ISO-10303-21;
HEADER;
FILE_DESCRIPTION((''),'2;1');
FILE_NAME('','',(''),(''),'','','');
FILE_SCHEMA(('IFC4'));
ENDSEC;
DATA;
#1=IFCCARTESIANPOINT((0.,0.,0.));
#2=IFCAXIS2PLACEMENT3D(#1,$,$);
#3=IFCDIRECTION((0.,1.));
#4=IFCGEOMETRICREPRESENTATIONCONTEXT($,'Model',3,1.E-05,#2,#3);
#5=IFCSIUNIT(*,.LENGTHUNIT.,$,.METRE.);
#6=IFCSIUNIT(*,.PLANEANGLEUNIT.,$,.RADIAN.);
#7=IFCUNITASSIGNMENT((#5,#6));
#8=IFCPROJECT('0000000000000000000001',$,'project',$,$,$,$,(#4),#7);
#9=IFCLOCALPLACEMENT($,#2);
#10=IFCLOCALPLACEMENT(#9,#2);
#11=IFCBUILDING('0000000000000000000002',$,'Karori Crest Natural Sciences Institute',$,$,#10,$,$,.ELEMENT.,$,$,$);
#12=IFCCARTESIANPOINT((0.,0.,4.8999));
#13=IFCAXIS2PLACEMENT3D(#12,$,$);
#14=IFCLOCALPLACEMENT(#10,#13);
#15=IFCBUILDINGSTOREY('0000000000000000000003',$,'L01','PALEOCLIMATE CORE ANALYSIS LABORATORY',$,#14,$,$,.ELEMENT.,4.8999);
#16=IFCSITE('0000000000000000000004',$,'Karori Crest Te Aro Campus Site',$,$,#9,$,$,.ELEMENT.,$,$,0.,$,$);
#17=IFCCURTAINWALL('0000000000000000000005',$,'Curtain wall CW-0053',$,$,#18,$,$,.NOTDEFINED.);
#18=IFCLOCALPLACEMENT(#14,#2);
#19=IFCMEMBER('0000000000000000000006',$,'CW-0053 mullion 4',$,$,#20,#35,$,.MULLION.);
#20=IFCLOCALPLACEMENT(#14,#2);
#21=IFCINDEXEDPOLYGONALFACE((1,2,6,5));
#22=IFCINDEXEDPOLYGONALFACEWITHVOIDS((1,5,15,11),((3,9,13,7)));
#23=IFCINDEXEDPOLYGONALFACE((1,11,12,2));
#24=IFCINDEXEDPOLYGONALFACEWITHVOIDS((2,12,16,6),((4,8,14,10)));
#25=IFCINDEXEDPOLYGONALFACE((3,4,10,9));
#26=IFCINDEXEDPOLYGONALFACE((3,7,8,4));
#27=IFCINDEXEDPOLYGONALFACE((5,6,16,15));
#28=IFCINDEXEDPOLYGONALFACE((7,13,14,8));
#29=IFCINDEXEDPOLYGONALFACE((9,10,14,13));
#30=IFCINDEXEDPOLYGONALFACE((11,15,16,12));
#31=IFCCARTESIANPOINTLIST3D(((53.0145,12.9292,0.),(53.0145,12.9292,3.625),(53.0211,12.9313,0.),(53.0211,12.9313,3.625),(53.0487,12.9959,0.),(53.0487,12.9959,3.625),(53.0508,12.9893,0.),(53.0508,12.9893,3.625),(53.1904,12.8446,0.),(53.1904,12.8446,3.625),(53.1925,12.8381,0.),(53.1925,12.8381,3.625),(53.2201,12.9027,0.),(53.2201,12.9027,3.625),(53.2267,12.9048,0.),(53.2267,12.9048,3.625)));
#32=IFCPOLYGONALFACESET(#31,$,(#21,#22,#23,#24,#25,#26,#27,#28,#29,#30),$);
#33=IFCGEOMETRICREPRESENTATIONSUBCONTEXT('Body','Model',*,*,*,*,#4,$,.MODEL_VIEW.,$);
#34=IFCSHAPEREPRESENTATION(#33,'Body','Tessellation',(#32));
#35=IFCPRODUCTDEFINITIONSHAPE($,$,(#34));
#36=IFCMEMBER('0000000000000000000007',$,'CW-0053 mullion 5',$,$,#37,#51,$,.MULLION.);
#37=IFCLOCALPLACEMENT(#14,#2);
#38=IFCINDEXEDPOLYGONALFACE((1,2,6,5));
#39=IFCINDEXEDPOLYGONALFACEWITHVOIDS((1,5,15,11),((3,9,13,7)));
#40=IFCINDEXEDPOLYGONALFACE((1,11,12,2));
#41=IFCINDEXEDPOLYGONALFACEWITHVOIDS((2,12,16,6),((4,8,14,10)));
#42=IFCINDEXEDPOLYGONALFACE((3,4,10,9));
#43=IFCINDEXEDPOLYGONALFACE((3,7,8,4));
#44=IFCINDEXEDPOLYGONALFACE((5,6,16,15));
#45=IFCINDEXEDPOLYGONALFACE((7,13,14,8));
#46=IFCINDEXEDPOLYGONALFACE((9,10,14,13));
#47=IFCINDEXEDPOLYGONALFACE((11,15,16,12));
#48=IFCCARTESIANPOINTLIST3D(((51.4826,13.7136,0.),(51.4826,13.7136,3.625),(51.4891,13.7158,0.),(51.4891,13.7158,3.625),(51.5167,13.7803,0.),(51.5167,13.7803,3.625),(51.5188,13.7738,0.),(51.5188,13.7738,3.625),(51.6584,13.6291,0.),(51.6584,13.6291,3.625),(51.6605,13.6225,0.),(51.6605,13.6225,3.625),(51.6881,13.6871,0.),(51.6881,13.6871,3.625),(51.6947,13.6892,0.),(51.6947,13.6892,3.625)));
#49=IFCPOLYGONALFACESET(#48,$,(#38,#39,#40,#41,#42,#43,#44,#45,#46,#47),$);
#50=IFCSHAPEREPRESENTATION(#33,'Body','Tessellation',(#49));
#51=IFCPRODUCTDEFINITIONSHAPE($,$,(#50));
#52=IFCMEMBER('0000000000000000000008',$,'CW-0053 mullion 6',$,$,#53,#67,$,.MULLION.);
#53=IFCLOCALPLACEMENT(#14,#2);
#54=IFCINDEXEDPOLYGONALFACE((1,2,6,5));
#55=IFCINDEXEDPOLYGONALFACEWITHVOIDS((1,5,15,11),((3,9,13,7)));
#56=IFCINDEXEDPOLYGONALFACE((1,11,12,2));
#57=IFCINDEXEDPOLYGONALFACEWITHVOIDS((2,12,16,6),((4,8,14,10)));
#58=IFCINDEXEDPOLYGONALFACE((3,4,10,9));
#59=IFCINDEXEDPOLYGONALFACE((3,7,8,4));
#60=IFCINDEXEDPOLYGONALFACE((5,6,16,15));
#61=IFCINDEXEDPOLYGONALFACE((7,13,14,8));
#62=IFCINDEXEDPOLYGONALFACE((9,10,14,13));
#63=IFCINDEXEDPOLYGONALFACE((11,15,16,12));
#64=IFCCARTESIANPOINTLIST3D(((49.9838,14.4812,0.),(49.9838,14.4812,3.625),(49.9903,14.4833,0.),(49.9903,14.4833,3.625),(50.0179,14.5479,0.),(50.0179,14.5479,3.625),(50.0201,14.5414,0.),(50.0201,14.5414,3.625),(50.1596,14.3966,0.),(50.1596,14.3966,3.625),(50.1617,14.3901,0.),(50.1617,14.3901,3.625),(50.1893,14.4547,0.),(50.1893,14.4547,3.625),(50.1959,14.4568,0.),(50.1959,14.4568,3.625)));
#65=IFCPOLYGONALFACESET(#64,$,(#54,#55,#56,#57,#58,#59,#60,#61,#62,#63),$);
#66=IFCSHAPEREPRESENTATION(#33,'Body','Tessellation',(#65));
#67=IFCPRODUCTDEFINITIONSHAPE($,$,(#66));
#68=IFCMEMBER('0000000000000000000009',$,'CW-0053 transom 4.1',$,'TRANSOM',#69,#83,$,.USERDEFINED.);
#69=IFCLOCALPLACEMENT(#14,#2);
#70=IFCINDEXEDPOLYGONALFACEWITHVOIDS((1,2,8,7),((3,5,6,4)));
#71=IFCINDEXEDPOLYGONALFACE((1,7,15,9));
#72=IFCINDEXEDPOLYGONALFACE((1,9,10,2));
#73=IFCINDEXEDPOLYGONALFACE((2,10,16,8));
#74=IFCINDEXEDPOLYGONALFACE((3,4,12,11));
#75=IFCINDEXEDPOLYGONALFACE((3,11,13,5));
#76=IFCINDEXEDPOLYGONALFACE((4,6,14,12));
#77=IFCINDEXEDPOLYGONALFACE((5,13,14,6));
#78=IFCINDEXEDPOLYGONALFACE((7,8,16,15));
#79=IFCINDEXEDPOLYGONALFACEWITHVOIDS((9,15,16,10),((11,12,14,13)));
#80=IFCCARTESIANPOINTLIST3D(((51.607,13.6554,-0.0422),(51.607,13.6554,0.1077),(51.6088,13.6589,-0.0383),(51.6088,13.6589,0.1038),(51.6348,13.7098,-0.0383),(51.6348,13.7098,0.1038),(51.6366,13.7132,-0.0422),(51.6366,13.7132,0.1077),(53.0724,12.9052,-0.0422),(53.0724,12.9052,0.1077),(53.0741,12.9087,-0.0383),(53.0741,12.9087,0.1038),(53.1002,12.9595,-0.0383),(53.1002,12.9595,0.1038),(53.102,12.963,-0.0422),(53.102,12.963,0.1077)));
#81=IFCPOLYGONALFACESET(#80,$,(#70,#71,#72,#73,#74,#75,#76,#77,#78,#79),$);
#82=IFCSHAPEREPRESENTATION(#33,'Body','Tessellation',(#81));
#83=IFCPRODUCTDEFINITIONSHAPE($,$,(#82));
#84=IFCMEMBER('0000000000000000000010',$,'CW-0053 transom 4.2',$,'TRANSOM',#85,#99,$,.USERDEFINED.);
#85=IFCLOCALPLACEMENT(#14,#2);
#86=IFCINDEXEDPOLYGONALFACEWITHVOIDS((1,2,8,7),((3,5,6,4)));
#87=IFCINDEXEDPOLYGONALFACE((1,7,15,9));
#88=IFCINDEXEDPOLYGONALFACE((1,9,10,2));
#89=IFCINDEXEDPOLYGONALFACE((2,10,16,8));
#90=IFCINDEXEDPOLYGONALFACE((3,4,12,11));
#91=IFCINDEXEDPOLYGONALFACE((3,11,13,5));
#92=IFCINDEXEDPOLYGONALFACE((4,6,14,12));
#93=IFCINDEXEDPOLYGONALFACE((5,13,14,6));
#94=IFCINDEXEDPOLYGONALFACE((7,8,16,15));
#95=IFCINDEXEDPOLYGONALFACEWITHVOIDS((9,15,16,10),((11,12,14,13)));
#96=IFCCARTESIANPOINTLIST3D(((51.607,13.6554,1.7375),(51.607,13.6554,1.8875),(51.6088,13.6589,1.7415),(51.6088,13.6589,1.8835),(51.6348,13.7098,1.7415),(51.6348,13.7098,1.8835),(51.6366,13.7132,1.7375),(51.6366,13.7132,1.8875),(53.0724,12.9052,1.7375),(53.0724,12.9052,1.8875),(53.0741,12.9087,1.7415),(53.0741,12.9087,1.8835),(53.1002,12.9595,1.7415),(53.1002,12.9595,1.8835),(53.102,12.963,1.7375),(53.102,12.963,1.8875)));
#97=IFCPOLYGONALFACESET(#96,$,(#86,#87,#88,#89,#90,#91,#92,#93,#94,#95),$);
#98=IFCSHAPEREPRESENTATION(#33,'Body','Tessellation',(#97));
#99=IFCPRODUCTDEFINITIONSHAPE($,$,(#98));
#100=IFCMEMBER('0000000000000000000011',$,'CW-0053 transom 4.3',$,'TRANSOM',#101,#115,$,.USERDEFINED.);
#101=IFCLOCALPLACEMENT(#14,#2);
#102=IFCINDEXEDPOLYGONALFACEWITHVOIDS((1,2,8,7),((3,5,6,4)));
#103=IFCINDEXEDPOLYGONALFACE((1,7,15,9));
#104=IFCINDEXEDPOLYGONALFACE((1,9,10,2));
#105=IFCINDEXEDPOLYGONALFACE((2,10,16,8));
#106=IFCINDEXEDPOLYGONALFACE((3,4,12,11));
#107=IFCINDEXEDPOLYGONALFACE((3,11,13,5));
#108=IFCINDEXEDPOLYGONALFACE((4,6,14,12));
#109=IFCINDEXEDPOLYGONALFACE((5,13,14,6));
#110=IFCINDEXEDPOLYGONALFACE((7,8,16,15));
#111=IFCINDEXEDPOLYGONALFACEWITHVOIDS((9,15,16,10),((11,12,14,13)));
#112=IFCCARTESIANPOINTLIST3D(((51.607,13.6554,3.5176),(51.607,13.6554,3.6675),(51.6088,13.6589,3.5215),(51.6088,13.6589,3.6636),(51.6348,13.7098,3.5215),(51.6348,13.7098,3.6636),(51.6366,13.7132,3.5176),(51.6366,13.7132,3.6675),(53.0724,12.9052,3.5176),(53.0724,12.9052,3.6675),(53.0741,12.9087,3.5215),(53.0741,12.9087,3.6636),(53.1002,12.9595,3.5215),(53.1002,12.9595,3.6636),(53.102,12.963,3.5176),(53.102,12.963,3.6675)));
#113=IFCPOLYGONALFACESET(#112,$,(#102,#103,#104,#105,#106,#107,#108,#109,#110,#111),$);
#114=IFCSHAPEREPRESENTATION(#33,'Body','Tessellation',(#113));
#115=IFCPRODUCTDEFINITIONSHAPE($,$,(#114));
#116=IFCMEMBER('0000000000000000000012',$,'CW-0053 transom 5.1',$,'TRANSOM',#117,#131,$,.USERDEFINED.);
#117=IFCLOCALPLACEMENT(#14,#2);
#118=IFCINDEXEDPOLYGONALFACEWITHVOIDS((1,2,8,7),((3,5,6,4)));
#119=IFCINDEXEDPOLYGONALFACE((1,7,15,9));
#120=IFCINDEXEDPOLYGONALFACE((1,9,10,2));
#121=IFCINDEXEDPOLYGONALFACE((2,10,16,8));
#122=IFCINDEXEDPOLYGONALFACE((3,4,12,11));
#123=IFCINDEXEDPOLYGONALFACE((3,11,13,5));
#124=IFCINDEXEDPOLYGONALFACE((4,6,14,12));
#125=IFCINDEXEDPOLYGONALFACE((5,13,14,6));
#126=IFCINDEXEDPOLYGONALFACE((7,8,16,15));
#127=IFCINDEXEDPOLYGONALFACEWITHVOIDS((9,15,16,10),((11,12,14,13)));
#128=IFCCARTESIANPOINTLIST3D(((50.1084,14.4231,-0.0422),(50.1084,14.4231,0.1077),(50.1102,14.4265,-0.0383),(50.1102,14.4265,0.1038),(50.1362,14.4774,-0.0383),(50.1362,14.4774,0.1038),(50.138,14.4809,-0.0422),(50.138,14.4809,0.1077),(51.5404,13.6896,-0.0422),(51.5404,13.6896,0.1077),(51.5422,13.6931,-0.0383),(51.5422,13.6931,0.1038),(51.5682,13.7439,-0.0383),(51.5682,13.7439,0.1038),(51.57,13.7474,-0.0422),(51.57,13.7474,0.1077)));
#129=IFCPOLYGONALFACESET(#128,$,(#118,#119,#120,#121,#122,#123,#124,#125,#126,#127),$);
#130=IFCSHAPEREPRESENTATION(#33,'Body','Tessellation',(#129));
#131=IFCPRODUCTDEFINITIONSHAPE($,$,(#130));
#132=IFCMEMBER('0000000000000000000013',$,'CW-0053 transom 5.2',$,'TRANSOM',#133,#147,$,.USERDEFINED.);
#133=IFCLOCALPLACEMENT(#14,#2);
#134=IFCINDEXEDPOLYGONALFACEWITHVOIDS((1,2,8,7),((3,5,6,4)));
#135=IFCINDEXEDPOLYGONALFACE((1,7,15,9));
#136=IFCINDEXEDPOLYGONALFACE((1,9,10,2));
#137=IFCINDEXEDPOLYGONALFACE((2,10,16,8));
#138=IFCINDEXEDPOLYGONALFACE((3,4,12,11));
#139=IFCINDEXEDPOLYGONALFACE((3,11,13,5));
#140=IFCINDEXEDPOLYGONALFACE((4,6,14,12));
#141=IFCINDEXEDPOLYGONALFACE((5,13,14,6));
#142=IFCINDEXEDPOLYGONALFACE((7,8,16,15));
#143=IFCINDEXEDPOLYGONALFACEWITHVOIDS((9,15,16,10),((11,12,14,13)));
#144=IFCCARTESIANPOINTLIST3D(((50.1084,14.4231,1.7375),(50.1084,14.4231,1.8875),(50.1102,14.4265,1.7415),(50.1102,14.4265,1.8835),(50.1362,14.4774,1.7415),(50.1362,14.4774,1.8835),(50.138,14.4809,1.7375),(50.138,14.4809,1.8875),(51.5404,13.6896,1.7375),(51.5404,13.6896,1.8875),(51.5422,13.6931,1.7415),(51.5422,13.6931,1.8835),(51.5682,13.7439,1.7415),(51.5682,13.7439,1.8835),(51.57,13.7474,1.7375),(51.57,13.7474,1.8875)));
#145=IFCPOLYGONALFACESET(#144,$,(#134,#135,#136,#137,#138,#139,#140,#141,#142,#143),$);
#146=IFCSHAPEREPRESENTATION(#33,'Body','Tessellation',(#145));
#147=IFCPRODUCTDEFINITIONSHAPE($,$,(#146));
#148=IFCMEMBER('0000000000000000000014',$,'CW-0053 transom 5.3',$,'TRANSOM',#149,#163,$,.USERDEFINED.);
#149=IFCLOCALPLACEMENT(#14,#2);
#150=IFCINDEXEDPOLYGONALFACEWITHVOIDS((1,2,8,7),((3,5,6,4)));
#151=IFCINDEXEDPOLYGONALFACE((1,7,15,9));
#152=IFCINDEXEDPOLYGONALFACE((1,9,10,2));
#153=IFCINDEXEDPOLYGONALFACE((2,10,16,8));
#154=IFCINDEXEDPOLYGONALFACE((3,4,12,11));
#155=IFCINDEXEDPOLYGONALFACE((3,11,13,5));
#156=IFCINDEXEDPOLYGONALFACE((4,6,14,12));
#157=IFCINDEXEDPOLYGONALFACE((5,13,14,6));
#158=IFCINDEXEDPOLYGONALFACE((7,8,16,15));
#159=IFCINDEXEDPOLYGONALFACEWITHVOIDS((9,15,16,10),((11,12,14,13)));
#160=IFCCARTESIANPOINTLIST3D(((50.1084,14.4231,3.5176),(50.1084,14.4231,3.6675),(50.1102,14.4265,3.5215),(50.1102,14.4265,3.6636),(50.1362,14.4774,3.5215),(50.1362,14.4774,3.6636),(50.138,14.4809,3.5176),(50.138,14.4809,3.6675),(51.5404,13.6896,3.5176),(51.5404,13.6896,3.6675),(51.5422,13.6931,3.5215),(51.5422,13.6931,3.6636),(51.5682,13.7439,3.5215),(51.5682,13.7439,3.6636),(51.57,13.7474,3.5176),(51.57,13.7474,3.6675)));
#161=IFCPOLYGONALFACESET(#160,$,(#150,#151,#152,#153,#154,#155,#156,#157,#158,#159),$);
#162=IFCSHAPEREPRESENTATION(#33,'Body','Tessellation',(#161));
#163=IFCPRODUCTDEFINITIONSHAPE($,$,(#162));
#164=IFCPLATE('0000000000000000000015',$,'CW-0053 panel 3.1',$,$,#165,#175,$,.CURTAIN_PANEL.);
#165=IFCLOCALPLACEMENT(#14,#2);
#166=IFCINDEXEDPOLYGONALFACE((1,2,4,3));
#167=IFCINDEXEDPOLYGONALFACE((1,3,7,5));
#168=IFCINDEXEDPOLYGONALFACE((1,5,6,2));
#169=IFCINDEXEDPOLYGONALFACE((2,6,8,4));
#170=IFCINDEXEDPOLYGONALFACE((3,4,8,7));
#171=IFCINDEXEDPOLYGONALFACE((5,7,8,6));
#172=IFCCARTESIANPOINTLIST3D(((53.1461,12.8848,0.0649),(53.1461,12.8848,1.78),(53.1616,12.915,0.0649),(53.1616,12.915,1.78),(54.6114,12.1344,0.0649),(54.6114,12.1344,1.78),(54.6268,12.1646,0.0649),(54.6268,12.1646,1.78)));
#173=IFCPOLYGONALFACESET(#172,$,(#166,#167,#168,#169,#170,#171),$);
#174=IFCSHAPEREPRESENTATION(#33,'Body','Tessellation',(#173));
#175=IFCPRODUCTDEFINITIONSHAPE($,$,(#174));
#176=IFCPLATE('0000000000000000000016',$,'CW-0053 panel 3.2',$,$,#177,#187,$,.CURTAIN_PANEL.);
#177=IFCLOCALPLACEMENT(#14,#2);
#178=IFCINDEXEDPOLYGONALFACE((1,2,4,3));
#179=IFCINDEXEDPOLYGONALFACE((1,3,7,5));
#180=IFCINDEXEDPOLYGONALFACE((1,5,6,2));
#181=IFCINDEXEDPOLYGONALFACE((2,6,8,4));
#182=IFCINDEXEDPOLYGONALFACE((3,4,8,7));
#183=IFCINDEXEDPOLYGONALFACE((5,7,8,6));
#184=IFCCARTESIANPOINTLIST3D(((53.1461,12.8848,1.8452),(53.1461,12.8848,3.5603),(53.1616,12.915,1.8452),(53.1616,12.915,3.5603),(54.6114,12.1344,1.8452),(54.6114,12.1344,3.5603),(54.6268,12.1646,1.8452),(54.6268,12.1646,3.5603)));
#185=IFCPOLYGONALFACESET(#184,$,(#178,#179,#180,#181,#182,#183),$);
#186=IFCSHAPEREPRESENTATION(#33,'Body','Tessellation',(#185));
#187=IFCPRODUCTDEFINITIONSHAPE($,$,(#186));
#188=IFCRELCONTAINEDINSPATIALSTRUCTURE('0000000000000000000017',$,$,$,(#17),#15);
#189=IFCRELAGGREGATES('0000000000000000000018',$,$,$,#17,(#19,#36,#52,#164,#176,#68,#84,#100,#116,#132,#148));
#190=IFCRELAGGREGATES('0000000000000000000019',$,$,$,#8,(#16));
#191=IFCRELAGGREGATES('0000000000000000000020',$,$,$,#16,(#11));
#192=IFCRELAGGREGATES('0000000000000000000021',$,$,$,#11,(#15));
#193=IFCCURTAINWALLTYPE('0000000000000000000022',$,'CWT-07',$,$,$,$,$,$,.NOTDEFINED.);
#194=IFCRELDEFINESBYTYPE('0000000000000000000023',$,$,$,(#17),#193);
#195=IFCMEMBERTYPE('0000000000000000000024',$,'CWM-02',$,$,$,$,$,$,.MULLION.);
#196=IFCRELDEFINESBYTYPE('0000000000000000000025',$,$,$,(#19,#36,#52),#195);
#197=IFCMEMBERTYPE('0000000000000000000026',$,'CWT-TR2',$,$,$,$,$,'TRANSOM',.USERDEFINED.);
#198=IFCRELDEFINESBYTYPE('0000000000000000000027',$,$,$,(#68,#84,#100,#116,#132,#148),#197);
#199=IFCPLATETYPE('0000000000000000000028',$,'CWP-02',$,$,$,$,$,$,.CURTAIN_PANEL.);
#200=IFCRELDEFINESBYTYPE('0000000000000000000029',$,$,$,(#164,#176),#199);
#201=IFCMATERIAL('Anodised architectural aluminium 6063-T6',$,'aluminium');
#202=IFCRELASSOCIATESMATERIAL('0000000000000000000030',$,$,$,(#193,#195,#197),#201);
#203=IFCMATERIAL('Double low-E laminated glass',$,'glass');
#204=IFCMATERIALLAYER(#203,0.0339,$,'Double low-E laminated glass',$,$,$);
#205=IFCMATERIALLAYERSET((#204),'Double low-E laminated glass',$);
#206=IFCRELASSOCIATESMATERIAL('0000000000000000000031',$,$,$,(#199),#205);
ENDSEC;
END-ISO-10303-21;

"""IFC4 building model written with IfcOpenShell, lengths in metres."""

from ifc_helpers import new_model, si_unit, direction, frame, origin, origin_2d, place, context, subcontext, project, spatial, rectangle, hollow_rectangle, extrude, material, layer, layer_set, material_profile, profile_set, type_object, element, aggregate, save


model = new_model("IFC4")

# Units and contexts
model_context = context("Model", 3, precision=1e-05, world=origin(), true_north=direction((0.0, 1.0)))
body_context = subcontext(model_context, "Body", "Model", "MODEL_VIEW")
ifc_project = project(units=[si_unit("LENGTHUNIT", "METRE"), si_unit("PLANEANGLEUNIT", "RADIAN")], contexts=[model_context])

# Site, building, storey
site_placement = place(None, origin())
site = spatial("IfcSite", under=ifc_project, at=site_placement, Name="Karori Crest Te Aro Campus Site", CompositionType="ELEMENT", RefElevation=0.0)
building_placement = place(site_placement, origin())
building = spatial("IfcBuilding", under=site, at=building_placement, Name="Karori Crest Natural Sciences Institute", CompositionType="ELEMENT")
storey_placement = place(building_placement, frame((0.0, 0.0, 4.8999)))
storey = spatial("IfcBuildingStorey", under=building, at=storey_placement, Name="L01", Description="PALEOCLIMATE CORE ANALYSIS LABORATORY", CompositionType="ELEMENT", Elevation=4.8999)

# Curtain wall, members, plates
ifc_material_1 = material(Name="Anodised architectural aluminium 6063-T6", Category="aluminium")
curtain_wall_type = type_object("IfcCurtainWallType", Name="CWT-07", PredefinedType="NOTDEFINED", material=ifc_material_1)
curtain_wall_placement = place(storey_placement, origin())
curtain_wall = element("IfcCurtainWall", 1, at=curtain_wall_placement, inside=storey, type_object=curtain_wall_type, Name="Curtain wall CW-0053", PredefinedType="NOTDEFINED")
ifc_material_profile_1 = material_profile(ifc_material_1, hollow_rectangle(XDim=0.075, YDim=0.2, WallThickness=0.0049, at=origin_2d()), Name="CWM200x75x5")
ifc_profile_set_1 = profile_set([ifc_material_profile_1], Name="Anodised architectural aluminium 6063-T6")
member_type_1 = type_object("IfcMemberType", Name="CWM-02", PredefinedType="MULLION", material=ifc_profile_set_1)
member_1_placement = place(storey_placement, frame((53.1206, 12.917, 0.0), z_axis=(0.0, 0.0, 1.0), x_axis=(-0.455833, -0.890065, 0.0)))
member_1 = element("IfcMember", 2, at=member_1_placement, type_object=member_type_1, Name="CW-0053 mullion 4", PredefinedType="MULLION", context=body_context, shape_type="SweptSolid", body=[
    extrude(hollow_rectangle(XDim=0.075, YDim=0.2, WallThickness=0.0049, at=origin_2d()), origin(), (0.0, 0.0, 1.0), 3.625),
])
member_2_placement = place(storey_placement, frame((51.5886, 13.7014, 0.0), z_axis=(0.0, 0.0, 1.0), x_axis=(-0.455833, -0.890065, 0.0)))
member_2 = element("IfcMember", 3, at=member_2_placement, type_object=member_type_1, Name="CW-0053 mullion 5", PredefinedType="MULLION", context=body_context, shape_type="SweptSolid", body=[
    extrude(hollow_rectangle(XDim=0.075, YDim=0.2, WallThickness=0.0049, at=origin_2d()), origin(), (0.0, 0.0, 1.0), 3.625),
])
member_3_placement = place(storey_placement, frame((50.0898, 14.469, 0.0), z_axis=(0.0, 0.0, 1.0), x_axis=(-0.455833, -0.890065, 0.0)))
member_3 = element("IfcMember", 4, at=member_3_placement, type_object=member_type_1, Name="CW-0053 mullion 6", PredefinedType="MULLION", context=body_context, shape_type="SweptSolid", body=[
    extrude(hollow_rectangle(XDim=0.075, YDim=0.2, WallThickness=0.0049, at=origin_2d()), origin(), (0.0, 0.0, 1.0), 3.625),
])
ifc_material_profile_2 = material_profile(ifc_material_1, hollow_rectangle(XDim=0.0649, YDim=0.1499, WallThickness=0.0039, at=origin_2d()), Name="CWT150x65x4")
ifc_profile_set_2 = profile_set([ifc_material_profile_2], Name="Anodised architectural aluminium 6063-T6")
member_type_2 = type_object("IfcMemberType", Name="CWT-TR2", ElementType="TRANSOM", PredefinedType="USERDEFINED", material=ifc_profile_set_2)
member_4_placement = place(storey_placement, frame((53.0872, 12.9341, 0.0327), z_axis=(-0.890115, 0.455735, 0.0), x_axis=(-0.455735, -0.890115, 0.0)))
member_4 = element("IfcMember", 5, at=member_4_placement, type_object=member_type_2, Name="CW-0053 transom 4.1", ObjectType="TRANSOM", PredefinedType="USERDEFINED", context=body_context, shape_type="SweptSolid", body=[
    extrude(hollow_rectangle(XDim=0.0649, YDim=0.1499, WallThickness=0.0039, at=origin_2d()), origin(), (0.0, 0.0, 1.0), 1.6462),
])
member_5_placement = place(storey_placement, frame((53.0872, 12.9341, 1.8125), z_axis=(-0.890115, 0.455735, 0.0), x_axis=(-0.455735, -0.890115, 0.0)))
member_5 = element("IfcMember", 6, at=member_5_placement, type_object=member_type_2, Name="CW-0053 transom 4.2", ObjectType="TRANSOM", PredefinedType="USERDEFINED", context=body_context, shape_type="SweptSolid", body=[
    extrude(hollow_rectangle(XDim=0.0649, YDim=0.1499, WallThickness=0.0039, at=origin_2d()), origin(), (0.0, 0.0, 1.0), 1.6462),
])
member_6_placement = place(storey_placement, frame((53.0872, 12.9341, 3.5925), z_axis=(-0.890115, 0.455735, 0.0), x_axis=(-0.455735, -0.890115, 0.0)))
member_6 = element("IfcMember", 7, at=member_6_placement, type_object=member_type_2, Name="CW-0053 transom 4.3", ObjectType="TRANSOM", PredefinedType="USERDEFINED", context=body_context, shape_type="SweptSolid", body=[
    extrude(hollow_rectangle(XDim=0.0649, YDim=0.1499, WallThickness=0.0039, at=origin_2d()), origin(), (0.0, 0.0, 1.0), 1.6462),
])
member_7_placement = place(storey_placement, frame((51.5552, 13.7185, 0.0327), z_axis=(-0.890045, 0.455873, 0.0), x_axis=(-0.455873, -0.890045, 0.0)))
member_7 = element("IfcMember", 8, at=member_7_placement, type_object=member_type_2, Name="CW-0053 transom 5.1", ObjectType="TRANSOM", PredefinedType="USERDEFINED", context=body_context, shape_type="SweptSolid", body=[
    extrude(hollow_rectangle(XDim=0.0649, YDim=0.1499, WallThickness=0.0039, at=origin_2d()), origin(), (0.0, 0.0, 1.0), 1.6089),
])
member_8_placement = place(storey_placement, frame((51.5552, 13.7185, 1.8125), z_axis=(-0.890045, 0.455873, 0.0), x_axis=(-0.455873, -0.890045, 0.0)))
member_8 = element("IfcMember", 9, at=member_8_placement, type_object=member_type_2, Name="CW-0053 transom 5.2", ObjectType="TRANSOM", PredefinedType="USERDEFINED", context=body_context, shape_type="SweptSolid", body=[
    extrude(hollow_rectangle(XDim=0.0649, YDim=0.1499, WallThickness=0.0039, at=origin_2d()), origin(), (0.0, 0.0, 1.0), 1.6089),
])
member_9_placement = place(storey_placement, frame((51.5552, 13.7185, 3.5925), z_axis=(-0.890045, 0.455873, 0.0), x_axis=(-0.455873, -0.890045, 0.0)))
member_9 = element("IfcMember", 10, at=member_9_placement, type_object=member_type_2, Name="CW-0053 transom 5.3", ObjectType="TRANSOM", PredefinedType="USERDEFINED", context=body_context, shape_type="SweptSolid", body=[
    extrude(hollow_rectangle(XDim=0.0649, YDim=0.1499, WallThickness=0.0039, at=origin_2d()), origin(), (0.0, 0.0, 1.0), 1.6089),
])
ifc_material_2 = material(Name="Double low-E laminated glass", Category="glass")
ifc_layer_1 = layer(ifc_material_2, 0.0339, Name="Double low-E laminated glass")
ifc_layer_set_1 = layer_set([ifc_layer_1], Name="Double low-E laminated glass")
plate_type = type_object("IfcPlateType", Name="CWP-02", PredefinedType="CURTAIN_PANEL", material=ifc_layer_set_1)
plate_1_placement = place(storey_placement, frame((53.8865, 12.5247, 0.0649), z_axis=(0.0, 0.0, 1.0), x_axis=(-0.890065, 0.455833, 0.0)))
plate_1 = element("IfcPlate", 11, at=plate_1_placement, type_object=plate_type, Name="CW-0053 panel 3.1", PredefinedType="CURTAIN_PANEL", context=body_context, shape_type="SweptSolid", body=[
    extrude(rectangle(XDim=1.6462, YDim=0.0339, at=origin_2d()), origin(), (0.0, 0.0, 1.0), 1.7151),
])
plate_2_placement = place(storey_placement, frame((53.8865, 12.5247, 1.8452), z_axis=(0.0, 0.0, 1.0), x_axis=(-0.890065, 0.455833, 0.0)))
plate_2 = element("IfcPlate", 12, at=plate_2_placement, type_object=plate_type, Name="CW-0053 panel 3.2", PredefinedType="CURTAIN_PANEL", context=body_context, shape_type="SweptSolid", body=[
    extrude(rectangle(XDim=1.6462, YDim=0.0339, at=origin_2d()), origin(), (0.0, 0.0, 1.0), 1.7151),
])
aggregate(curtain_wall, [member_1, member_2, member_3, plate_1, plate_2, member_4, member_5, member_6, member_7, member_8, member_9])

save(model, "model.ifc")
